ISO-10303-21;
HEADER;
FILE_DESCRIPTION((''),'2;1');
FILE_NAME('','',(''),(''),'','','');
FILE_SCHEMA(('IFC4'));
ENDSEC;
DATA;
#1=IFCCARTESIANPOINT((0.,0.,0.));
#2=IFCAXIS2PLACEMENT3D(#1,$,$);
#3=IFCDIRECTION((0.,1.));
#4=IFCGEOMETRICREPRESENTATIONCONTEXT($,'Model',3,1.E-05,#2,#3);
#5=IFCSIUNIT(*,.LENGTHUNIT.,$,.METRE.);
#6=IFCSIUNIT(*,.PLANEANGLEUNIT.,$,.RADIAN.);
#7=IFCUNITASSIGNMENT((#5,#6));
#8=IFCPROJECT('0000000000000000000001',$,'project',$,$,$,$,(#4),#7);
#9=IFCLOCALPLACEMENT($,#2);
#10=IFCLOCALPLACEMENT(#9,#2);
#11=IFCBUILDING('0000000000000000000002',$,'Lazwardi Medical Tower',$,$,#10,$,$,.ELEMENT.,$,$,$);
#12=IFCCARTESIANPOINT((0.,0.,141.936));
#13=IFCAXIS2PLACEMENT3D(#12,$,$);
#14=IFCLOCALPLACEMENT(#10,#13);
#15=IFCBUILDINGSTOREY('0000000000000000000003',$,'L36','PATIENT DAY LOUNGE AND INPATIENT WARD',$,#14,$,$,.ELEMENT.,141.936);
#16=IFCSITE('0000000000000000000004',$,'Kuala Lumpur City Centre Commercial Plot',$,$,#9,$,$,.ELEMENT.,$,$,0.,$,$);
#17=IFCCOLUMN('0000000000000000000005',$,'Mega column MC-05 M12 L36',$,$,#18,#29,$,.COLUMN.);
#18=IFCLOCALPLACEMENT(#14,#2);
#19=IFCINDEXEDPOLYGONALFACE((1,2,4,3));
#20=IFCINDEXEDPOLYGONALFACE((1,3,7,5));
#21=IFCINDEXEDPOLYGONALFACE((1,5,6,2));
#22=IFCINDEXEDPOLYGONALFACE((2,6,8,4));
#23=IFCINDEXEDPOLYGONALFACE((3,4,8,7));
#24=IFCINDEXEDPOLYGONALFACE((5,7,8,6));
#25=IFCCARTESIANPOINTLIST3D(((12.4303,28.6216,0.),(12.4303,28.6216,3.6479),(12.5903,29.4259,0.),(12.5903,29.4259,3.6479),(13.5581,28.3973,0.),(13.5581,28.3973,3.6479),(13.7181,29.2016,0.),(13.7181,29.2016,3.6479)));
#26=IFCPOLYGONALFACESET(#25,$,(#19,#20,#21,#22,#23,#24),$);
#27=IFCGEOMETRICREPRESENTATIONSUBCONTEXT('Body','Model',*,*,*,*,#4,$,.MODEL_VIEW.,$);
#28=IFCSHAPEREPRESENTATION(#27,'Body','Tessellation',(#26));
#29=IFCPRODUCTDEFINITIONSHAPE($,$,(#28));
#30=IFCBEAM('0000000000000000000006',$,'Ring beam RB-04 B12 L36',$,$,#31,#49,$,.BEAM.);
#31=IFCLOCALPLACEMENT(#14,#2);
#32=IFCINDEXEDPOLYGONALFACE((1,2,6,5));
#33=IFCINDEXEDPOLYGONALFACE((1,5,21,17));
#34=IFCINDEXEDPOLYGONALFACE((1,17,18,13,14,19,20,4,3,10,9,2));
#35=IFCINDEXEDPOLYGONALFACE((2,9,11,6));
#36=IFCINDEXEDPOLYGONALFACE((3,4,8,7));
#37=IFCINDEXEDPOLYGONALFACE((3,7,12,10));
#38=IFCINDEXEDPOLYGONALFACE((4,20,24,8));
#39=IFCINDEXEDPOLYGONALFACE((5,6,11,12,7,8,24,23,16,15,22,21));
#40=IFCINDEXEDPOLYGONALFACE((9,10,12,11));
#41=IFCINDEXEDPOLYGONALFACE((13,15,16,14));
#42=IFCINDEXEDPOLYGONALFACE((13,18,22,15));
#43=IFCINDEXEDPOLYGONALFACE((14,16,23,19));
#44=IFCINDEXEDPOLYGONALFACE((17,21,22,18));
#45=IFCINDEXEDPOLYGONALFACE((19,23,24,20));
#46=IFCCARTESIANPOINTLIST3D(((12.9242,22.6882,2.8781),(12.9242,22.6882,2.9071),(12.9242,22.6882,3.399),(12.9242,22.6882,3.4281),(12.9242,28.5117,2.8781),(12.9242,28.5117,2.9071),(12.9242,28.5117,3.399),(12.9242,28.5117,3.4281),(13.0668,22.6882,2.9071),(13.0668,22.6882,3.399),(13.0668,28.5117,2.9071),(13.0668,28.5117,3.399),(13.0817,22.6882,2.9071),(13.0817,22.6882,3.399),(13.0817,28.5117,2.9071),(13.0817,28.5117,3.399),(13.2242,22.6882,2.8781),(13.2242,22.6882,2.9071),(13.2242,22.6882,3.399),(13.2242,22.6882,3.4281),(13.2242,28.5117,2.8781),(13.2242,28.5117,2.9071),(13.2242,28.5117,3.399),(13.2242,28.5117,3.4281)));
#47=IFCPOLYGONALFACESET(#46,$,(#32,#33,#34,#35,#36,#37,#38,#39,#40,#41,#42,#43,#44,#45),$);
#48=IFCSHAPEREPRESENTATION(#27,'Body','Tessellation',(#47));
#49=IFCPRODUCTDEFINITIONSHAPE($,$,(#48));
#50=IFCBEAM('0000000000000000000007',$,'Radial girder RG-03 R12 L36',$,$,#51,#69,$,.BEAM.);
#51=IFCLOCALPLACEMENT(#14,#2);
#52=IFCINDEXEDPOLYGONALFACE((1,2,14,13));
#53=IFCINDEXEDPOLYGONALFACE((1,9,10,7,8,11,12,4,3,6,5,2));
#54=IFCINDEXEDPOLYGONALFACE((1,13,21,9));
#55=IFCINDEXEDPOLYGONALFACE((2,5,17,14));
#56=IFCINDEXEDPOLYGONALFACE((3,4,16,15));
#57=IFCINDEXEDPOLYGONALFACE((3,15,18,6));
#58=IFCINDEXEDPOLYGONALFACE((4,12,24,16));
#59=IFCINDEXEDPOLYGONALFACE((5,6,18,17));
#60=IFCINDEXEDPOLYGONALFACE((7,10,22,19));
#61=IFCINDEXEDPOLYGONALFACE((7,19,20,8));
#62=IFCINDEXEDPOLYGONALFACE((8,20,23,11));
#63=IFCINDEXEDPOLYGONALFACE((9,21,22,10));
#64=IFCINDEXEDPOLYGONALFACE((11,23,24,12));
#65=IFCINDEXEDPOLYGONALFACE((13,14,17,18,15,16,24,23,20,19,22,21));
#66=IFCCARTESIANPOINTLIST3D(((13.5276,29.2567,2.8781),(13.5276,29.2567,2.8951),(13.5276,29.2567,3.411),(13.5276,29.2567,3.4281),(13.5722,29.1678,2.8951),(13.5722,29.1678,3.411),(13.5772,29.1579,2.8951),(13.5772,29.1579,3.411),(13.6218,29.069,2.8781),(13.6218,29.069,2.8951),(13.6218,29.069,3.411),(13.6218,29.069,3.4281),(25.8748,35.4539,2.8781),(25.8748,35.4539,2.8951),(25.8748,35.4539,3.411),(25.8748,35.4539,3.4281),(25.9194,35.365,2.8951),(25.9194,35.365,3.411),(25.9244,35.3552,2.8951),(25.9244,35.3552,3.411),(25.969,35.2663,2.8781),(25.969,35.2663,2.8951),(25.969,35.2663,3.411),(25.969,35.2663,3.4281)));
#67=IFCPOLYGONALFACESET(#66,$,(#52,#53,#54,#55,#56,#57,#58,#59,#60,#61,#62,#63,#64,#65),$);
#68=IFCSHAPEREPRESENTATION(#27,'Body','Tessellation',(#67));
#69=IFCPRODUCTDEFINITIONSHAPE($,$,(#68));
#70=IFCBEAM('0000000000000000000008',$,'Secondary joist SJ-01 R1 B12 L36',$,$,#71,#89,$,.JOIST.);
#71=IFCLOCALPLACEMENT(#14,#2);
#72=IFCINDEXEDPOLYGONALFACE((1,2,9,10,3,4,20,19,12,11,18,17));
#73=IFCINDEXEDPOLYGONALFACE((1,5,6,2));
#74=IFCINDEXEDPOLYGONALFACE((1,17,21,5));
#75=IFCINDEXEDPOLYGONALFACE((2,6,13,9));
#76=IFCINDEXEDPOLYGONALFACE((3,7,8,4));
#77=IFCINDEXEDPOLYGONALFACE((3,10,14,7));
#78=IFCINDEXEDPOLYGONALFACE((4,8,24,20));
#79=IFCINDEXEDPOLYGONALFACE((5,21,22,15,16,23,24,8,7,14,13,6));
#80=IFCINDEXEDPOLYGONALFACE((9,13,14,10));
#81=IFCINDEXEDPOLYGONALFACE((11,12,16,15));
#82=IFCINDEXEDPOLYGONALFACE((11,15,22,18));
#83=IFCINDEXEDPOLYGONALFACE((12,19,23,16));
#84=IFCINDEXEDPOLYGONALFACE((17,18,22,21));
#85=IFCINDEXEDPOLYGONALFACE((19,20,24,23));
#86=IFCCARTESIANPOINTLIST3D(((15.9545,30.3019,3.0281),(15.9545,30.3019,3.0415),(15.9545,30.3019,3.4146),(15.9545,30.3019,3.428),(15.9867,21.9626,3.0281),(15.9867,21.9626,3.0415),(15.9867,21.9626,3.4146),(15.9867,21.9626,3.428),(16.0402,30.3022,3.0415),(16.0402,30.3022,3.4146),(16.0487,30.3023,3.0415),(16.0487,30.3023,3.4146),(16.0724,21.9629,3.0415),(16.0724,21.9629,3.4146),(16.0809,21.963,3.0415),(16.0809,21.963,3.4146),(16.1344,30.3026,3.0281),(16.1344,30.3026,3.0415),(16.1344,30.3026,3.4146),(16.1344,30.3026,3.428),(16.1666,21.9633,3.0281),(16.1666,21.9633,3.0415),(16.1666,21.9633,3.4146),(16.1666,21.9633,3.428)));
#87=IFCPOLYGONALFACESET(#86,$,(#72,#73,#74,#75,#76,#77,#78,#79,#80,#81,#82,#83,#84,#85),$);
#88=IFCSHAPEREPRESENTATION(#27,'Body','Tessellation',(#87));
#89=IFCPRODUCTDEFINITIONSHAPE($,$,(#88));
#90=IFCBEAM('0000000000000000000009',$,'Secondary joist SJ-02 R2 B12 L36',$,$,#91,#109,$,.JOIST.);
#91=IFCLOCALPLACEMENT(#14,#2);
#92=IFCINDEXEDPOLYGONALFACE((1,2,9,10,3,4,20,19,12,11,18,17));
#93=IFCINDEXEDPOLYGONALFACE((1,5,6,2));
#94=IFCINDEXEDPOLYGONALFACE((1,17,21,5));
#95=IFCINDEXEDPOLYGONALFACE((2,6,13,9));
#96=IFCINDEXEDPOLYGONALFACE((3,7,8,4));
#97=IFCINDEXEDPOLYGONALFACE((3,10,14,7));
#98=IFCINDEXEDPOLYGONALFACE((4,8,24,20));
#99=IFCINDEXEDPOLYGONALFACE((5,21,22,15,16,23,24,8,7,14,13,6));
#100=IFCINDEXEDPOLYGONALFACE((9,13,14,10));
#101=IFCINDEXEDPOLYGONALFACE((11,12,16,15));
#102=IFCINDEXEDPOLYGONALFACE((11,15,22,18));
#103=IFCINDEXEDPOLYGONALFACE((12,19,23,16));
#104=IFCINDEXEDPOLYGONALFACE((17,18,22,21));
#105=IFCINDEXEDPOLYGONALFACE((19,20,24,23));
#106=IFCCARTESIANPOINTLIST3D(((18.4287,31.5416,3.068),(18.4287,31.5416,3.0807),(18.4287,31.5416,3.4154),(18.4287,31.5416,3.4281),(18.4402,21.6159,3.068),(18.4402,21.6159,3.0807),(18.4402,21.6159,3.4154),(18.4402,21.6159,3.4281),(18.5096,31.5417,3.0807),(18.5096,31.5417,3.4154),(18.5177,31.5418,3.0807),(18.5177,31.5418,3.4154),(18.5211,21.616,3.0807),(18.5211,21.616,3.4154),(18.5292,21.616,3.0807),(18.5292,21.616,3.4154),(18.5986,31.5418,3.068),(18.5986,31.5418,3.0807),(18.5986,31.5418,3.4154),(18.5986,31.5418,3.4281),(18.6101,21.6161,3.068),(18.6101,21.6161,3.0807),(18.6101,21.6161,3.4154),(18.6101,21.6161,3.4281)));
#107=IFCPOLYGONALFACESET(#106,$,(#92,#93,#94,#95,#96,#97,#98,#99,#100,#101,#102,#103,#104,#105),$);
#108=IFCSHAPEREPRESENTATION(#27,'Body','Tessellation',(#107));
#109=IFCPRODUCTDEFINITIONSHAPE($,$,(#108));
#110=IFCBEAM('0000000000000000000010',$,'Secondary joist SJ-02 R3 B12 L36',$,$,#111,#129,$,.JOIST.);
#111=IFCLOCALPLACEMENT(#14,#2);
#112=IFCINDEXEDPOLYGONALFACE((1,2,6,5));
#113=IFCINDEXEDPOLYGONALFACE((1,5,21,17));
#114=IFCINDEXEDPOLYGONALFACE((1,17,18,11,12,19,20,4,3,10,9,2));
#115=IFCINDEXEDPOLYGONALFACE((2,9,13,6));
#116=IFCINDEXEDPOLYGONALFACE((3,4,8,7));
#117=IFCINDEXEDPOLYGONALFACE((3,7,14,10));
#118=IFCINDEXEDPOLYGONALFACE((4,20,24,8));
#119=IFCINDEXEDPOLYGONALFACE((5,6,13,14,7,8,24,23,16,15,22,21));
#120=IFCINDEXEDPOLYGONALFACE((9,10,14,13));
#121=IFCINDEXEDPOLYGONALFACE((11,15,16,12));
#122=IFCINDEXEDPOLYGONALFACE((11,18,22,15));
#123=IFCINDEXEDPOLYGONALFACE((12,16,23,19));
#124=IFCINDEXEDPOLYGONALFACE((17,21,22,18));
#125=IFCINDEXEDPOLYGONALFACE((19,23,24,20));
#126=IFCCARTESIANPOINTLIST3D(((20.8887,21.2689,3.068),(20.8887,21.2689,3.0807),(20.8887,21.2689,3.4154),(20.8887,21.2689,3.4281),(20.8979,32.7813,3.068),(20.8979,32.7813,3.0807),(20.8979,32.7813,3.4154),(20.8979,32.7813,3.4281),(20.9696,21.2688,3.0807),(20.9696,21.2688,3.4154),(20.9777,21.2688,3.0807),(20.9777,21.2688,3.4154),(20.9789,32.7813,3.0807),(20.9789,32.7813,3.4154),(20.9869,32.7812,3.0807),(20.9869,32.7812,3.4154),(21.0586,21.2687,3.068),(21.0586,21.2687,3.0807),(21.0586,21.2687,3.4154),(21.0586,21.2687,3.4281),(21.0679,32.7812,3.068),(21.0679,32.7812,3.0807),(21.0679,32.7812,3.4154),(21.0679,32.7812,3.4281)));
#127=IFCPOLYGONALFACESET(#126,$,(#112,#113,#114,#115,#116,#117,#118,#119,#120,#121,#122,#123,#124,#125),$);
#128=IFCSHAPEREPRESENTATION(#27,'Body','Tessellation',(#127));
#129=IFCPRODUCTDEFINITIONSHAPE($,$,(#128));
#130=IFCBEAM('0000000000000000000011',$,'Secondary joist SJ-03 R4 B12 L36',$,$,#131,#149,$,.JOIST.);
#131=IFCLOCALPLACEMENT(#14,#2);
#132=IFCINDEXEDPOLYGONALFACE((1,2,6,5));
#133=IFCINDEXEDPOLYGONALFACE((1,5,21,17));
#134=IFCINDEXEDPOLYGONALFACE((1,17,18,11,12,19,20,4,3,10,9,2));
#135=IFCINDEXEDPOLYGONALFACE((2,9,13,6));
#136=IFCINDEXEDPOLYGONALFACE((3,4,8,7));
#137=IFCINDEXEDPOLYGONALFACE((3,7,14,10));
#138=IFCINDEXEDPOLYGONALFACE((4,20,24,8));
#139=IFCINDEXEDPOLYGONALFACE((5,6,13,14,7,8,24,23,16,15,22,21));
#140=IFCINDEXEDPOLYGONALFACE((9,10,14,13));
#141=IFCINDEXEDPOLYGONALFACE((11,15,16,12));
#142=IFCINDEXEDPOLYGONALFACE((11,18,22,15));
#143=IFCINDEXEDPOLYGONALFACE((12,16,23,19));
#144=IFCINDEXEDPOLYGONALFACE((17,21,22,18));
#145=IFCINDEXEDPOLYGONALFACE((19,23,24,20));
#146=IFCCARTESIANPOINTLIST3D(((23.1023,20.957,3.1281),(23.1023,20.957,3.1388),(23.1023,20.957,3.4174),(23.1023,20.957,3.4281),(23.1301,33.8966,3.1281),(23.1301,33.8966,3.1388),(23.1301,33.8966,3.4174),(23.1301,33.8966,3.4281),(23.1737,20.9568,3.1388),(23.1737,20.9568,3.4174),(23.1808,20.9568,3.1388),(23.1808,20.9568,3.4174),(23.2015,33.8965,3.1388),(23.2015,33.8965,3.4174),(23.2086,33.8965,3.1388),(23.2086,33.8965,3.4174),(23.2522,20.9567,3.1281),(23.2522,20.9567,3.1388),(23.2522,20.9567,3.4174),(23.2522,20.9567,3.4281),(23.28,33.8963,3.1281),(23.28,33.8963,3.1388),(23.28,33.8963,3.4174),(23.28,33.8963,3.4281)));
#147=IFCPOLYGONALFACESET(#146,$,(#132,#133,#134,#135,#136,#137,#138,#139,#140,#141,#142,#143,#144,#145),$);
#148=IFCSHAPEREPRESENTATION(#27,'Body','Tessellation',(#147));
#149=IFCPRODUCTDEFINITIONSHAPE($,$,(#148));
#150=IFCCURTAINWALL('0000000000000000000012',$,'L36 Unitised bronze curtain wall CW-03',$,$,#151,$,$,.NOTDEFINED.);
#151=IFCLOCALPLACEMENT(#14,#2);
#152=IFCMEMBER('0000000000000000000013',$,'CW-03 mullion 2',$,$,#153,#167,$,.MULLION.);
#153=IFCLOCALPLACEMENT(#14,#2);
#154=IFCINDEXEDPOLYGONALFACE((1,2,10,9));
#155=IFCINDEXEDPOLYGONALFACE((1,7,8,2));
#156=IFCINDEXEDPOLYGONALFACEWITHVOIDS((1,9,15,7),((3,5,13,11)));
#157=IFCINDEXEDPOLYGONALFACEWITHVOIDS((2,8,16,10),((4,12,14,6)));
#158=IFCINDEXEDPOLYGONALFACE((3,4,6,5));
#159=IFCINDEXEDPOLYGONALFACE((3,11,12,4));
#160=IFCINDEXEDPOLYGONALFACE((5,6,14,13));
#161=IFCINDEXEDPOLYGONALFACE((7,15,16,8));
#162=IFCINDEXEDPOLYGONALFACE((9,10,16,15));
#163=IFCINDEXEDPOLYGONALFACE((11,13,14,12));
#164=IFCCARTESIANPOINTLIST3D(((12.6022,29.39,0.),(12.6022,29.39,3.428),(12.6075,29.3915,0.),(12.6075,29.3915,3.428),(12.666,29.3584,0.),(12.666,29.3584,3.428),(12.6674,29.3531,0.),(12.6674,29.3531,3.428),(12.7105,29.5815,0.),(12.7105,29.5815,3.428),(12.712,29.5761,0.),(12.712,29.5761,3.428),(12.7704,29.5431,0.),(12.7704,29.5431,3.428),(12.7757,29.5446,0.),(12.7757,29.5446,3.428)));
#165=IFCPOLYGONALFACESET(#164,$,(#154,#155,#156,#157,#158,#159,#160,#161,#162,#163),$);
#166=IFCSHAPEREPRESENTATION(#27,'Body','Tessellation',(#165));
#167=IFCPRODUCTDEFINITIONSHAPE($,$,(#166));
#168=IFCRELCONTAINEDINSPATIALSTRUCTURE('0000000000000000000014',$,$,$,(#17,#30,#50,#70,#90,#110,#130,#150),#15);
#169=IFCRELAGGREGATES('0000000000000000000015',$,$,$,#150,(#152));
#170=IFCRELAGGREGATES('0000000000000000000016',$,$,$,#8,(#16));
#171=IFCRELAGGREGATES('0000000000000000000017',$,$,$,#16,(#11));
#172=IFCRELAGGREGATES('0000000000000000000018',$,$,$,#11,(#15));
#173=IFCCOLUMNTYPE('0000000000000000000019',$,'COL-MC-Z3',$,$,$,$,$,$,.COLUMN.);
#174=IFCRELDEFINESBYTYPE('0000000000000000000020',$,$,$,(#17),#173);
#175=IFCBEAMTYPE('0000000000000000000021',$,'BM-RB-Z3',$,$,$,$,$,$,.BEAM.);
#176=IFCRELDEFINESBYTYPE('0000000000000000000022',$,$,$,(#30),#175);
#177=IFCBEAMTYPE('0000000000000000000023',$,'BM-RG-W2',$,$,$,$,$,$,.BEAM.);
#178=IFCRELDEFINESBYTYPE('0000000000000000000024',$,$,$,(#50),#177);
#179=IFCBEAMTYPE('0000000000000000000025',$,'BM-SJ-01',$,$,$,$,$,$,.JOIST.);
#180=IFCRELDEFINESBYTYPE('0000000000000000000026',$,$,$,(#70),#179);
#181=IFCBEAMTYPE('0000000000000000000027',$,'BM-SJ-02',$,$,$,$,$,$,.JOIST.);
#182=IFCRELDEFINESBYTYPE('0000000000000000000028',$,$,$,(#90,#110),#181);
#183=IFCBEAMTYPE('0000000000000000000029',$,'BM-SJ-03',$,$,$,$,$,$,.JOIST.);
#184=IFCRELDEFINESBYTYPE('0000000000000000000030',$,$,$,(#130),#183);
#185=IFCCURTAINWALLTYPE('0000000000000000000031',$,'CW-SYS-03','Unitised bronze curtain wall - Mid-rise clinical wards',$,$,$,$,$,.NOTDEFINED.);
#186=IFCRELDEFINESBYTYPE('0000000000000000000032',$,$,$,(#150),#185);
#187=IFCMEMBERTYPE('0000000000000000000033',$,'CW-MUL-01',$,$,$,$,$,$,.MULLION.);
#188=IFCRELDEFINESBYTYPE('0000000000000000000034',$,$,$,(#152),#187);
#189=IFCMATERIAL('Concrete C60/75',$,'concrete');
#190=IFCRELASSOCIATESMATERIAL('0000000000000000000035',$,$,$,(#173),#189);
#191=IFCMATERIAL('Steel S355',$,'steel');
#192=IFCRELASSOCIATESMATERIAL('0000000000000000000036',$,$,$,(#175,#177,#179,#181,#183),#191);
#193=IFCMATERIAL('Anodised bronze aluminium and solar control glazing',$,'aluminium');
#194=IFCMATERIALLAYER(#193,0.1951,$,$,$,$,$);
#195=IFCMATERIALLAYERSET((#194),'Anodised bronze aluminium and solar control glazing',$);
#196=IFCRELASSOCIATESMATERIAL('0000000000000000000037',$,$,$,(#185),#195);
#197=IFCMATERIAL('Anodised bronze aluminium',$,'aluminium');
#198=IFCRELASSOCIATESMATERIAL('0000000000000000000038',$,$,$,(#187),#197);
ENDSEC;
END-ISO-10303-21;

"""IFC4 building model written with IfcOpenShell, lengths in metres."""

from ifc_helpers import new_model, si_unit, direction, frame, origin, origin_2d, place, context, subcontext, project, spatial, rectangle, hollow_rectangle, i_section, extrude, material, layer, layer_set, material_profile, profile_set, type_object, element, aggregate, save


model = new_model("IFC4")

# Units and contexts
model_context = context("Model", 3, precision=1e-05, world=origin(), true_north=direction((0.0, 1.0)))
body_context = subcontext(model_context, "Body", "Model", "MODEL_VIEW")
ifc_project = project(units=[si_unit("LENGTHUNIT", "METRE"), si_unit("PLANEANGLEUNIT", "RADIAN")], contexts=[model_context])

# Site, building, storey
site_placement = place(None, origin())
site = spatial("IfcSite", under=ifc_project, at=site_placement, Name="Kuala Lumpur City Centre Commercial Plot", CompositionType="ELEMENT", RefElevation=0.0)
building_placement = place(site_placement, origin())
building = spatial("IfcBuilding", under=site, at=building_placement, Name="Lazwardi Medical Tower", CompositionType="ELEMENT")
storey_placement = place(building_placement, frame((0.0, 0.0, 141.936)))
storey = spatial("IfcBuildingStorey", under=building, at=storey_placement, Name="L36", Description="PATIENT DAY LOUNGE AND INPATIENT WARD", CompositionType="ELEMENT", Elevation=141.936)

# Column
ifc_material_1 = material(Name="Concrete C60/75", Category="concrete")
ifc_material_profile_1 = material_profile(ifc_material_1, rectangle(XDim=1.1499, YDim=0.8201, at=origin_2d()), Name="CFT-RECT 1150x820")
ifc_profile_set_1 = profile_set([ifc_material_profile_1], Name="Concrete C60/75")
column_type = type_object("IfcColumnType", Name="COL-MC-Z3", PredefinedType="COLUMN", material=ifc_profile_set_1)
column_placement = place(storey_placement, frame((13.0742, 28.9116, 0.0), z_axis=(0.0, 0.0, 1.0), x_axis=(-0.980785, 0.19509, 0.0)))
element("IfcColumn", 1, at=column_placement, inside=storey, type_object=column_type, Name="Mega column MC-05 M12 L36", PredefinedType="COLUMN", context=body_context, shape_type="SweptSolid", body=[
    extrude(rectangle(XDim=1.1499, YDim=0.8201, at=origin_2d()), origin(), (0.0, 0.0, 1.0), 3.6479),
])

# Beams
ifc_material_2 = material(Name="Steel S355", Category="steel")
ifc_material_profile_2 = material_profile(ifc_material_2, i_section(OverallWidth=0.3, OverallDepth=0.55, WebThickness=0.0149, FlangeThickness=0.0291, at=origin_2d()), Name="HEB 550")
ifc_profile_set_2 = profile_set([ifc_material_profile_2], Name="Steel S355")
beam_type_1 = type_object("IfcBeamType", Name="BM-RB-Z3", PredefinedType="BEAM", material=ifc_profile_set_2)
beam_1_placement = place(storey_placement, frame((13.0742, 28.5117, 3.1531), z_axis=(0.0, -1.0, 0.0), x_axis=(1.0, 0.0, 0.0)))
element("IfcBeam", 2, at=beam_1_placement, inside=storey, type_object=beam_type_1, Name="Ring beam RB-04 B12 L36", PredefinedType="BEAM", context=body_context, shape_type="SweptSolid", body=[
    extrude(i_section(OverallWidth=0.3, OverallDepth=0.55, WebThickness=0.0149, FlangeThickness=0.0291, at=origin_2d()), origin(), (0.0, 0.0, 1.0), 5.8235),
])
ifc_material_profile_3 = material_profile(ifc_material_2, i_section(OverallWidth=0.21, OverallDepth=0.55, WebThickness=0.011, FlangeThickness=0.0171, at=origin_2d()), Name="IPE 550")
ifc_profile_set_3 = profile_set([ifc_material_profile_3], Name="Steel S355")
beam_type_2 = type_object("IfcBeamType", Name="BM-RG-W2", PredefinedType="BEAM", material=ifc_profile_set_3)
beam_2_placement = place(storey_placement, frame((13.5747, 29.1628, 3.1531), z_axis=(0.89374, 0.448584, 0.0), x_axis=(-0.448584, 0.89374, 0.0)))
element("IfcBeam", 3, at=beam_2_placement, inside=storey, type_object=beam_type_2, Name="Radial girder RG-03 R12 L36", PredefinedType="BEAM", context=body_context, shape_type="SweptSolid", body=[
    extrude(i_section(OverallWidth=0.21, OverallDepth=0.55, WebThickness=0.011, FlangeThickness=0.0171, at=origin_2d()), origin(), (0.0, 0.0, 1.0), 13.8152),
])
ifc_material_profile_4 = material_profile(ifc_material_2, i_section(OverallWidth=0.1799, OverallDepth=0.3999, WebThickness=0.0085, FlangeThickness=0.0134, at=origin_2d()), Name="IPE 400")
ifc_profile_set_4 = profile_set([ifc_material_profile_4], Name="Steel S355")
beam_type_3 = type_object("IfcBeamType", Name="BM-SJ-01", PredefinedType="JOIST", material=ifc_profile_set_4)
beam_3_placement = place(storey_placement, frame((16.0444, 30.3022, 3.228), z_axis=(0.003864, -0.999993, 0.0), x_axis=(0.999993, 0.003864, 0.0)))
element("IfcBeam", 4, at=beam_3_placement, inside=storey, type_object=beam_type_3, Name="Secondary joist SJ-01 R1 B12 L36", PredefinedType="JOIST", context=body_context, shape_type="SweptSolid", body=[
    extrude(i_section(OverallWidth=0.1799, OverallDepth=0.3999, WebThickness=0.0085, FlangeThickness=0.0134, at=origin_2d()), origin(), (0.0, 0.0, 1.0), 8.3394),
])
ifc_material_profile_5 = material_profile(ifc_material_2, i_section(OverallWidth=0.1699, OverallDepth=0.3601, WebThickness=0.0081, FlangeThickness=0.0127, at=origin_2d()), Name="IPE 360")
ifc_profile_set_5 = profile_set([ifc_material_profile_5], Name="Steel S355")
beam_type_4 = type_object("IfcBeamType", Name="BM-SJ-02", PredefinedType="JOIST", material=ifc_profile_set_5)
beam_4_placement = place(storey_placement, frame((18.5137, 31.5417, 3.248), z_axis=(0.001156, -0.999999, 0.0), x_axis=(0.999999, 0.001156, 0.0)))
element("IfcBeam", 5, at=beam_4_placement, inside=storey, type_object=beam_type_4, Name="Secondary joist SJ-02 R2 B12 L36", PredefinedType="JOIST", context=body_context, shape_type="SweptSolid", body=[
    extrude(i_section(OverallWidth=0.1699, OverallDepth=0.3601, WebThickness=0.0081, FlangeThickness=0.0127, at=origin_2d()), origin(), (0.0, 0.0, 1.0), 9.9258),
])
beam_5_placement = place(storey_placement, frame((20.9829, 32.7812, 3.248), z_axis=(-0.000806, -1.0, 0.0), x_axis=(1.0, -0.000806, 0.0)))
element("IfcBeam", 6, at=beam_5_placement, inside=storey, type_object=beam_type_4, Name="Secondary joist SJ-02 R3 B12 L36", PredefinedType="JOIST", context=body_context, shape_type="SweptSolid", body=[
    extrude(i_section(OverallWidth=0.1699, OverallDepth=0.3601, WebThickness=0.0081, FlangeThickness=0.0127, at=origin_2d()), origin(), (0.0, 0.0, 1.0), 11.5125),
])
ifc_material_profile_6 = material_profile(ifc_material_2, i_section(OverallWidth=0.1499, OverallDepth=0.3, WebThickness=0.0071, FlangeThickness=0.0107, at=origin_2d()), Name="IPE 300")
ifc_profile_set_6 = profile_set([ifc_material_profile_6], Name="Steel S355")
beam_type_5 = type_object("IfcBeamType", Name="BM-SJ-03", PredefinedType="JOIST", material=ifc_profile_set_6)
beam_6_placement = place(storey_placement, frame((23.2051, 33.8965, 3.2781), z_axis=(-0.002151, -0.999998, 0.0), x_axis=(0.999998, -0.002151, 0.0)))
element("IfcBeam", 7, at=beam_6_placement, inside=storey, type_object=beam_type_5, Name="Secondary joist SJ-03 R4 B12 L36", PredefinedType="JOIST", context=body_context, shape_type="SweptSolid", body=[
    extrude(i_section(OverallWidth=0.1499, OverallDepth=0.3, WebThickness=0.0071, FlangeThickness=0.0107, at=origin_2d()), origin(), (0.0, 0.0, 1.0), 12.9397),
])

# Curtain wall, member
ifc_material_3 = material(Name="Anodised bronze aluminium and solar control glazing", Category="aluminium")
ifc_layer_1 = layer(ifc_material_3, 0.1951)
ifc_layer_set_1 = layer_set([ifc_layer_1], Name="Anodised bronze aluminium and solar control glazing")
curtain_wall_type = type_object("IfcCurtainWallType", Name="CW-SYS-03", Description="Unitised bronze curtain wall - Mid-rise clinical wards", PredefinedType="NOTDEFINED", material=ifc_layer_set_1)
curtain_wall_1_placement = place(storey_placement, origin())
curtain_wall_1 = element("IfcCurtainWall", 8, at=curtain_wall_1_placement, inside=storey, type_object=curtain_wall_type, Name="L36 Unitised bronze curtain wall CW-03", PredefinedType="NOTDEFINED")
ifc_material_4 = material(Name="Anodised bronze aluminium", Category="aluminium")
ifc_material_profile_7 = material_profile(ifc_material_4, hollow_rectangle(XDim=0.075, YDim=0.22, WallThickness=0.0039, at=origin_2d()), Name="ALU-MULLION 220x75x4")
ifc_profile_set_7 = profile_set([ifc_material_profile_7], Name="Anodised bronze aluminium")
member_type_1 = type_object("IfcMemberType", Name="CW-MUL-01", PredefinedType="MULLION", material=ifc_profile_set_7)
member_1_placement = place(storey_placement, frame((12.689, 29.4673, 0.0), z_axis=(0.0, 0.0, 1.0), x_axis=(0.870419, -0.492312, 0.0)))
member_1 = element("IfcMember", 9, at=member_1_placement, type_object=member_type_1, Name="CW-03 mullion 2", PredefinedType="MULLION", context=body_context, shape_type="SweptSolid", body=[
    extrude(hollow_rectangle(XDim=0.075, YDim=0.22, WallThickness=0.0039, at=origin_2d()), origin(), (0.0, 0.0, 1.0), 3.428),
])

aggregate(curtain_wall_1, [member_1])

save(model, "model.ifc")
